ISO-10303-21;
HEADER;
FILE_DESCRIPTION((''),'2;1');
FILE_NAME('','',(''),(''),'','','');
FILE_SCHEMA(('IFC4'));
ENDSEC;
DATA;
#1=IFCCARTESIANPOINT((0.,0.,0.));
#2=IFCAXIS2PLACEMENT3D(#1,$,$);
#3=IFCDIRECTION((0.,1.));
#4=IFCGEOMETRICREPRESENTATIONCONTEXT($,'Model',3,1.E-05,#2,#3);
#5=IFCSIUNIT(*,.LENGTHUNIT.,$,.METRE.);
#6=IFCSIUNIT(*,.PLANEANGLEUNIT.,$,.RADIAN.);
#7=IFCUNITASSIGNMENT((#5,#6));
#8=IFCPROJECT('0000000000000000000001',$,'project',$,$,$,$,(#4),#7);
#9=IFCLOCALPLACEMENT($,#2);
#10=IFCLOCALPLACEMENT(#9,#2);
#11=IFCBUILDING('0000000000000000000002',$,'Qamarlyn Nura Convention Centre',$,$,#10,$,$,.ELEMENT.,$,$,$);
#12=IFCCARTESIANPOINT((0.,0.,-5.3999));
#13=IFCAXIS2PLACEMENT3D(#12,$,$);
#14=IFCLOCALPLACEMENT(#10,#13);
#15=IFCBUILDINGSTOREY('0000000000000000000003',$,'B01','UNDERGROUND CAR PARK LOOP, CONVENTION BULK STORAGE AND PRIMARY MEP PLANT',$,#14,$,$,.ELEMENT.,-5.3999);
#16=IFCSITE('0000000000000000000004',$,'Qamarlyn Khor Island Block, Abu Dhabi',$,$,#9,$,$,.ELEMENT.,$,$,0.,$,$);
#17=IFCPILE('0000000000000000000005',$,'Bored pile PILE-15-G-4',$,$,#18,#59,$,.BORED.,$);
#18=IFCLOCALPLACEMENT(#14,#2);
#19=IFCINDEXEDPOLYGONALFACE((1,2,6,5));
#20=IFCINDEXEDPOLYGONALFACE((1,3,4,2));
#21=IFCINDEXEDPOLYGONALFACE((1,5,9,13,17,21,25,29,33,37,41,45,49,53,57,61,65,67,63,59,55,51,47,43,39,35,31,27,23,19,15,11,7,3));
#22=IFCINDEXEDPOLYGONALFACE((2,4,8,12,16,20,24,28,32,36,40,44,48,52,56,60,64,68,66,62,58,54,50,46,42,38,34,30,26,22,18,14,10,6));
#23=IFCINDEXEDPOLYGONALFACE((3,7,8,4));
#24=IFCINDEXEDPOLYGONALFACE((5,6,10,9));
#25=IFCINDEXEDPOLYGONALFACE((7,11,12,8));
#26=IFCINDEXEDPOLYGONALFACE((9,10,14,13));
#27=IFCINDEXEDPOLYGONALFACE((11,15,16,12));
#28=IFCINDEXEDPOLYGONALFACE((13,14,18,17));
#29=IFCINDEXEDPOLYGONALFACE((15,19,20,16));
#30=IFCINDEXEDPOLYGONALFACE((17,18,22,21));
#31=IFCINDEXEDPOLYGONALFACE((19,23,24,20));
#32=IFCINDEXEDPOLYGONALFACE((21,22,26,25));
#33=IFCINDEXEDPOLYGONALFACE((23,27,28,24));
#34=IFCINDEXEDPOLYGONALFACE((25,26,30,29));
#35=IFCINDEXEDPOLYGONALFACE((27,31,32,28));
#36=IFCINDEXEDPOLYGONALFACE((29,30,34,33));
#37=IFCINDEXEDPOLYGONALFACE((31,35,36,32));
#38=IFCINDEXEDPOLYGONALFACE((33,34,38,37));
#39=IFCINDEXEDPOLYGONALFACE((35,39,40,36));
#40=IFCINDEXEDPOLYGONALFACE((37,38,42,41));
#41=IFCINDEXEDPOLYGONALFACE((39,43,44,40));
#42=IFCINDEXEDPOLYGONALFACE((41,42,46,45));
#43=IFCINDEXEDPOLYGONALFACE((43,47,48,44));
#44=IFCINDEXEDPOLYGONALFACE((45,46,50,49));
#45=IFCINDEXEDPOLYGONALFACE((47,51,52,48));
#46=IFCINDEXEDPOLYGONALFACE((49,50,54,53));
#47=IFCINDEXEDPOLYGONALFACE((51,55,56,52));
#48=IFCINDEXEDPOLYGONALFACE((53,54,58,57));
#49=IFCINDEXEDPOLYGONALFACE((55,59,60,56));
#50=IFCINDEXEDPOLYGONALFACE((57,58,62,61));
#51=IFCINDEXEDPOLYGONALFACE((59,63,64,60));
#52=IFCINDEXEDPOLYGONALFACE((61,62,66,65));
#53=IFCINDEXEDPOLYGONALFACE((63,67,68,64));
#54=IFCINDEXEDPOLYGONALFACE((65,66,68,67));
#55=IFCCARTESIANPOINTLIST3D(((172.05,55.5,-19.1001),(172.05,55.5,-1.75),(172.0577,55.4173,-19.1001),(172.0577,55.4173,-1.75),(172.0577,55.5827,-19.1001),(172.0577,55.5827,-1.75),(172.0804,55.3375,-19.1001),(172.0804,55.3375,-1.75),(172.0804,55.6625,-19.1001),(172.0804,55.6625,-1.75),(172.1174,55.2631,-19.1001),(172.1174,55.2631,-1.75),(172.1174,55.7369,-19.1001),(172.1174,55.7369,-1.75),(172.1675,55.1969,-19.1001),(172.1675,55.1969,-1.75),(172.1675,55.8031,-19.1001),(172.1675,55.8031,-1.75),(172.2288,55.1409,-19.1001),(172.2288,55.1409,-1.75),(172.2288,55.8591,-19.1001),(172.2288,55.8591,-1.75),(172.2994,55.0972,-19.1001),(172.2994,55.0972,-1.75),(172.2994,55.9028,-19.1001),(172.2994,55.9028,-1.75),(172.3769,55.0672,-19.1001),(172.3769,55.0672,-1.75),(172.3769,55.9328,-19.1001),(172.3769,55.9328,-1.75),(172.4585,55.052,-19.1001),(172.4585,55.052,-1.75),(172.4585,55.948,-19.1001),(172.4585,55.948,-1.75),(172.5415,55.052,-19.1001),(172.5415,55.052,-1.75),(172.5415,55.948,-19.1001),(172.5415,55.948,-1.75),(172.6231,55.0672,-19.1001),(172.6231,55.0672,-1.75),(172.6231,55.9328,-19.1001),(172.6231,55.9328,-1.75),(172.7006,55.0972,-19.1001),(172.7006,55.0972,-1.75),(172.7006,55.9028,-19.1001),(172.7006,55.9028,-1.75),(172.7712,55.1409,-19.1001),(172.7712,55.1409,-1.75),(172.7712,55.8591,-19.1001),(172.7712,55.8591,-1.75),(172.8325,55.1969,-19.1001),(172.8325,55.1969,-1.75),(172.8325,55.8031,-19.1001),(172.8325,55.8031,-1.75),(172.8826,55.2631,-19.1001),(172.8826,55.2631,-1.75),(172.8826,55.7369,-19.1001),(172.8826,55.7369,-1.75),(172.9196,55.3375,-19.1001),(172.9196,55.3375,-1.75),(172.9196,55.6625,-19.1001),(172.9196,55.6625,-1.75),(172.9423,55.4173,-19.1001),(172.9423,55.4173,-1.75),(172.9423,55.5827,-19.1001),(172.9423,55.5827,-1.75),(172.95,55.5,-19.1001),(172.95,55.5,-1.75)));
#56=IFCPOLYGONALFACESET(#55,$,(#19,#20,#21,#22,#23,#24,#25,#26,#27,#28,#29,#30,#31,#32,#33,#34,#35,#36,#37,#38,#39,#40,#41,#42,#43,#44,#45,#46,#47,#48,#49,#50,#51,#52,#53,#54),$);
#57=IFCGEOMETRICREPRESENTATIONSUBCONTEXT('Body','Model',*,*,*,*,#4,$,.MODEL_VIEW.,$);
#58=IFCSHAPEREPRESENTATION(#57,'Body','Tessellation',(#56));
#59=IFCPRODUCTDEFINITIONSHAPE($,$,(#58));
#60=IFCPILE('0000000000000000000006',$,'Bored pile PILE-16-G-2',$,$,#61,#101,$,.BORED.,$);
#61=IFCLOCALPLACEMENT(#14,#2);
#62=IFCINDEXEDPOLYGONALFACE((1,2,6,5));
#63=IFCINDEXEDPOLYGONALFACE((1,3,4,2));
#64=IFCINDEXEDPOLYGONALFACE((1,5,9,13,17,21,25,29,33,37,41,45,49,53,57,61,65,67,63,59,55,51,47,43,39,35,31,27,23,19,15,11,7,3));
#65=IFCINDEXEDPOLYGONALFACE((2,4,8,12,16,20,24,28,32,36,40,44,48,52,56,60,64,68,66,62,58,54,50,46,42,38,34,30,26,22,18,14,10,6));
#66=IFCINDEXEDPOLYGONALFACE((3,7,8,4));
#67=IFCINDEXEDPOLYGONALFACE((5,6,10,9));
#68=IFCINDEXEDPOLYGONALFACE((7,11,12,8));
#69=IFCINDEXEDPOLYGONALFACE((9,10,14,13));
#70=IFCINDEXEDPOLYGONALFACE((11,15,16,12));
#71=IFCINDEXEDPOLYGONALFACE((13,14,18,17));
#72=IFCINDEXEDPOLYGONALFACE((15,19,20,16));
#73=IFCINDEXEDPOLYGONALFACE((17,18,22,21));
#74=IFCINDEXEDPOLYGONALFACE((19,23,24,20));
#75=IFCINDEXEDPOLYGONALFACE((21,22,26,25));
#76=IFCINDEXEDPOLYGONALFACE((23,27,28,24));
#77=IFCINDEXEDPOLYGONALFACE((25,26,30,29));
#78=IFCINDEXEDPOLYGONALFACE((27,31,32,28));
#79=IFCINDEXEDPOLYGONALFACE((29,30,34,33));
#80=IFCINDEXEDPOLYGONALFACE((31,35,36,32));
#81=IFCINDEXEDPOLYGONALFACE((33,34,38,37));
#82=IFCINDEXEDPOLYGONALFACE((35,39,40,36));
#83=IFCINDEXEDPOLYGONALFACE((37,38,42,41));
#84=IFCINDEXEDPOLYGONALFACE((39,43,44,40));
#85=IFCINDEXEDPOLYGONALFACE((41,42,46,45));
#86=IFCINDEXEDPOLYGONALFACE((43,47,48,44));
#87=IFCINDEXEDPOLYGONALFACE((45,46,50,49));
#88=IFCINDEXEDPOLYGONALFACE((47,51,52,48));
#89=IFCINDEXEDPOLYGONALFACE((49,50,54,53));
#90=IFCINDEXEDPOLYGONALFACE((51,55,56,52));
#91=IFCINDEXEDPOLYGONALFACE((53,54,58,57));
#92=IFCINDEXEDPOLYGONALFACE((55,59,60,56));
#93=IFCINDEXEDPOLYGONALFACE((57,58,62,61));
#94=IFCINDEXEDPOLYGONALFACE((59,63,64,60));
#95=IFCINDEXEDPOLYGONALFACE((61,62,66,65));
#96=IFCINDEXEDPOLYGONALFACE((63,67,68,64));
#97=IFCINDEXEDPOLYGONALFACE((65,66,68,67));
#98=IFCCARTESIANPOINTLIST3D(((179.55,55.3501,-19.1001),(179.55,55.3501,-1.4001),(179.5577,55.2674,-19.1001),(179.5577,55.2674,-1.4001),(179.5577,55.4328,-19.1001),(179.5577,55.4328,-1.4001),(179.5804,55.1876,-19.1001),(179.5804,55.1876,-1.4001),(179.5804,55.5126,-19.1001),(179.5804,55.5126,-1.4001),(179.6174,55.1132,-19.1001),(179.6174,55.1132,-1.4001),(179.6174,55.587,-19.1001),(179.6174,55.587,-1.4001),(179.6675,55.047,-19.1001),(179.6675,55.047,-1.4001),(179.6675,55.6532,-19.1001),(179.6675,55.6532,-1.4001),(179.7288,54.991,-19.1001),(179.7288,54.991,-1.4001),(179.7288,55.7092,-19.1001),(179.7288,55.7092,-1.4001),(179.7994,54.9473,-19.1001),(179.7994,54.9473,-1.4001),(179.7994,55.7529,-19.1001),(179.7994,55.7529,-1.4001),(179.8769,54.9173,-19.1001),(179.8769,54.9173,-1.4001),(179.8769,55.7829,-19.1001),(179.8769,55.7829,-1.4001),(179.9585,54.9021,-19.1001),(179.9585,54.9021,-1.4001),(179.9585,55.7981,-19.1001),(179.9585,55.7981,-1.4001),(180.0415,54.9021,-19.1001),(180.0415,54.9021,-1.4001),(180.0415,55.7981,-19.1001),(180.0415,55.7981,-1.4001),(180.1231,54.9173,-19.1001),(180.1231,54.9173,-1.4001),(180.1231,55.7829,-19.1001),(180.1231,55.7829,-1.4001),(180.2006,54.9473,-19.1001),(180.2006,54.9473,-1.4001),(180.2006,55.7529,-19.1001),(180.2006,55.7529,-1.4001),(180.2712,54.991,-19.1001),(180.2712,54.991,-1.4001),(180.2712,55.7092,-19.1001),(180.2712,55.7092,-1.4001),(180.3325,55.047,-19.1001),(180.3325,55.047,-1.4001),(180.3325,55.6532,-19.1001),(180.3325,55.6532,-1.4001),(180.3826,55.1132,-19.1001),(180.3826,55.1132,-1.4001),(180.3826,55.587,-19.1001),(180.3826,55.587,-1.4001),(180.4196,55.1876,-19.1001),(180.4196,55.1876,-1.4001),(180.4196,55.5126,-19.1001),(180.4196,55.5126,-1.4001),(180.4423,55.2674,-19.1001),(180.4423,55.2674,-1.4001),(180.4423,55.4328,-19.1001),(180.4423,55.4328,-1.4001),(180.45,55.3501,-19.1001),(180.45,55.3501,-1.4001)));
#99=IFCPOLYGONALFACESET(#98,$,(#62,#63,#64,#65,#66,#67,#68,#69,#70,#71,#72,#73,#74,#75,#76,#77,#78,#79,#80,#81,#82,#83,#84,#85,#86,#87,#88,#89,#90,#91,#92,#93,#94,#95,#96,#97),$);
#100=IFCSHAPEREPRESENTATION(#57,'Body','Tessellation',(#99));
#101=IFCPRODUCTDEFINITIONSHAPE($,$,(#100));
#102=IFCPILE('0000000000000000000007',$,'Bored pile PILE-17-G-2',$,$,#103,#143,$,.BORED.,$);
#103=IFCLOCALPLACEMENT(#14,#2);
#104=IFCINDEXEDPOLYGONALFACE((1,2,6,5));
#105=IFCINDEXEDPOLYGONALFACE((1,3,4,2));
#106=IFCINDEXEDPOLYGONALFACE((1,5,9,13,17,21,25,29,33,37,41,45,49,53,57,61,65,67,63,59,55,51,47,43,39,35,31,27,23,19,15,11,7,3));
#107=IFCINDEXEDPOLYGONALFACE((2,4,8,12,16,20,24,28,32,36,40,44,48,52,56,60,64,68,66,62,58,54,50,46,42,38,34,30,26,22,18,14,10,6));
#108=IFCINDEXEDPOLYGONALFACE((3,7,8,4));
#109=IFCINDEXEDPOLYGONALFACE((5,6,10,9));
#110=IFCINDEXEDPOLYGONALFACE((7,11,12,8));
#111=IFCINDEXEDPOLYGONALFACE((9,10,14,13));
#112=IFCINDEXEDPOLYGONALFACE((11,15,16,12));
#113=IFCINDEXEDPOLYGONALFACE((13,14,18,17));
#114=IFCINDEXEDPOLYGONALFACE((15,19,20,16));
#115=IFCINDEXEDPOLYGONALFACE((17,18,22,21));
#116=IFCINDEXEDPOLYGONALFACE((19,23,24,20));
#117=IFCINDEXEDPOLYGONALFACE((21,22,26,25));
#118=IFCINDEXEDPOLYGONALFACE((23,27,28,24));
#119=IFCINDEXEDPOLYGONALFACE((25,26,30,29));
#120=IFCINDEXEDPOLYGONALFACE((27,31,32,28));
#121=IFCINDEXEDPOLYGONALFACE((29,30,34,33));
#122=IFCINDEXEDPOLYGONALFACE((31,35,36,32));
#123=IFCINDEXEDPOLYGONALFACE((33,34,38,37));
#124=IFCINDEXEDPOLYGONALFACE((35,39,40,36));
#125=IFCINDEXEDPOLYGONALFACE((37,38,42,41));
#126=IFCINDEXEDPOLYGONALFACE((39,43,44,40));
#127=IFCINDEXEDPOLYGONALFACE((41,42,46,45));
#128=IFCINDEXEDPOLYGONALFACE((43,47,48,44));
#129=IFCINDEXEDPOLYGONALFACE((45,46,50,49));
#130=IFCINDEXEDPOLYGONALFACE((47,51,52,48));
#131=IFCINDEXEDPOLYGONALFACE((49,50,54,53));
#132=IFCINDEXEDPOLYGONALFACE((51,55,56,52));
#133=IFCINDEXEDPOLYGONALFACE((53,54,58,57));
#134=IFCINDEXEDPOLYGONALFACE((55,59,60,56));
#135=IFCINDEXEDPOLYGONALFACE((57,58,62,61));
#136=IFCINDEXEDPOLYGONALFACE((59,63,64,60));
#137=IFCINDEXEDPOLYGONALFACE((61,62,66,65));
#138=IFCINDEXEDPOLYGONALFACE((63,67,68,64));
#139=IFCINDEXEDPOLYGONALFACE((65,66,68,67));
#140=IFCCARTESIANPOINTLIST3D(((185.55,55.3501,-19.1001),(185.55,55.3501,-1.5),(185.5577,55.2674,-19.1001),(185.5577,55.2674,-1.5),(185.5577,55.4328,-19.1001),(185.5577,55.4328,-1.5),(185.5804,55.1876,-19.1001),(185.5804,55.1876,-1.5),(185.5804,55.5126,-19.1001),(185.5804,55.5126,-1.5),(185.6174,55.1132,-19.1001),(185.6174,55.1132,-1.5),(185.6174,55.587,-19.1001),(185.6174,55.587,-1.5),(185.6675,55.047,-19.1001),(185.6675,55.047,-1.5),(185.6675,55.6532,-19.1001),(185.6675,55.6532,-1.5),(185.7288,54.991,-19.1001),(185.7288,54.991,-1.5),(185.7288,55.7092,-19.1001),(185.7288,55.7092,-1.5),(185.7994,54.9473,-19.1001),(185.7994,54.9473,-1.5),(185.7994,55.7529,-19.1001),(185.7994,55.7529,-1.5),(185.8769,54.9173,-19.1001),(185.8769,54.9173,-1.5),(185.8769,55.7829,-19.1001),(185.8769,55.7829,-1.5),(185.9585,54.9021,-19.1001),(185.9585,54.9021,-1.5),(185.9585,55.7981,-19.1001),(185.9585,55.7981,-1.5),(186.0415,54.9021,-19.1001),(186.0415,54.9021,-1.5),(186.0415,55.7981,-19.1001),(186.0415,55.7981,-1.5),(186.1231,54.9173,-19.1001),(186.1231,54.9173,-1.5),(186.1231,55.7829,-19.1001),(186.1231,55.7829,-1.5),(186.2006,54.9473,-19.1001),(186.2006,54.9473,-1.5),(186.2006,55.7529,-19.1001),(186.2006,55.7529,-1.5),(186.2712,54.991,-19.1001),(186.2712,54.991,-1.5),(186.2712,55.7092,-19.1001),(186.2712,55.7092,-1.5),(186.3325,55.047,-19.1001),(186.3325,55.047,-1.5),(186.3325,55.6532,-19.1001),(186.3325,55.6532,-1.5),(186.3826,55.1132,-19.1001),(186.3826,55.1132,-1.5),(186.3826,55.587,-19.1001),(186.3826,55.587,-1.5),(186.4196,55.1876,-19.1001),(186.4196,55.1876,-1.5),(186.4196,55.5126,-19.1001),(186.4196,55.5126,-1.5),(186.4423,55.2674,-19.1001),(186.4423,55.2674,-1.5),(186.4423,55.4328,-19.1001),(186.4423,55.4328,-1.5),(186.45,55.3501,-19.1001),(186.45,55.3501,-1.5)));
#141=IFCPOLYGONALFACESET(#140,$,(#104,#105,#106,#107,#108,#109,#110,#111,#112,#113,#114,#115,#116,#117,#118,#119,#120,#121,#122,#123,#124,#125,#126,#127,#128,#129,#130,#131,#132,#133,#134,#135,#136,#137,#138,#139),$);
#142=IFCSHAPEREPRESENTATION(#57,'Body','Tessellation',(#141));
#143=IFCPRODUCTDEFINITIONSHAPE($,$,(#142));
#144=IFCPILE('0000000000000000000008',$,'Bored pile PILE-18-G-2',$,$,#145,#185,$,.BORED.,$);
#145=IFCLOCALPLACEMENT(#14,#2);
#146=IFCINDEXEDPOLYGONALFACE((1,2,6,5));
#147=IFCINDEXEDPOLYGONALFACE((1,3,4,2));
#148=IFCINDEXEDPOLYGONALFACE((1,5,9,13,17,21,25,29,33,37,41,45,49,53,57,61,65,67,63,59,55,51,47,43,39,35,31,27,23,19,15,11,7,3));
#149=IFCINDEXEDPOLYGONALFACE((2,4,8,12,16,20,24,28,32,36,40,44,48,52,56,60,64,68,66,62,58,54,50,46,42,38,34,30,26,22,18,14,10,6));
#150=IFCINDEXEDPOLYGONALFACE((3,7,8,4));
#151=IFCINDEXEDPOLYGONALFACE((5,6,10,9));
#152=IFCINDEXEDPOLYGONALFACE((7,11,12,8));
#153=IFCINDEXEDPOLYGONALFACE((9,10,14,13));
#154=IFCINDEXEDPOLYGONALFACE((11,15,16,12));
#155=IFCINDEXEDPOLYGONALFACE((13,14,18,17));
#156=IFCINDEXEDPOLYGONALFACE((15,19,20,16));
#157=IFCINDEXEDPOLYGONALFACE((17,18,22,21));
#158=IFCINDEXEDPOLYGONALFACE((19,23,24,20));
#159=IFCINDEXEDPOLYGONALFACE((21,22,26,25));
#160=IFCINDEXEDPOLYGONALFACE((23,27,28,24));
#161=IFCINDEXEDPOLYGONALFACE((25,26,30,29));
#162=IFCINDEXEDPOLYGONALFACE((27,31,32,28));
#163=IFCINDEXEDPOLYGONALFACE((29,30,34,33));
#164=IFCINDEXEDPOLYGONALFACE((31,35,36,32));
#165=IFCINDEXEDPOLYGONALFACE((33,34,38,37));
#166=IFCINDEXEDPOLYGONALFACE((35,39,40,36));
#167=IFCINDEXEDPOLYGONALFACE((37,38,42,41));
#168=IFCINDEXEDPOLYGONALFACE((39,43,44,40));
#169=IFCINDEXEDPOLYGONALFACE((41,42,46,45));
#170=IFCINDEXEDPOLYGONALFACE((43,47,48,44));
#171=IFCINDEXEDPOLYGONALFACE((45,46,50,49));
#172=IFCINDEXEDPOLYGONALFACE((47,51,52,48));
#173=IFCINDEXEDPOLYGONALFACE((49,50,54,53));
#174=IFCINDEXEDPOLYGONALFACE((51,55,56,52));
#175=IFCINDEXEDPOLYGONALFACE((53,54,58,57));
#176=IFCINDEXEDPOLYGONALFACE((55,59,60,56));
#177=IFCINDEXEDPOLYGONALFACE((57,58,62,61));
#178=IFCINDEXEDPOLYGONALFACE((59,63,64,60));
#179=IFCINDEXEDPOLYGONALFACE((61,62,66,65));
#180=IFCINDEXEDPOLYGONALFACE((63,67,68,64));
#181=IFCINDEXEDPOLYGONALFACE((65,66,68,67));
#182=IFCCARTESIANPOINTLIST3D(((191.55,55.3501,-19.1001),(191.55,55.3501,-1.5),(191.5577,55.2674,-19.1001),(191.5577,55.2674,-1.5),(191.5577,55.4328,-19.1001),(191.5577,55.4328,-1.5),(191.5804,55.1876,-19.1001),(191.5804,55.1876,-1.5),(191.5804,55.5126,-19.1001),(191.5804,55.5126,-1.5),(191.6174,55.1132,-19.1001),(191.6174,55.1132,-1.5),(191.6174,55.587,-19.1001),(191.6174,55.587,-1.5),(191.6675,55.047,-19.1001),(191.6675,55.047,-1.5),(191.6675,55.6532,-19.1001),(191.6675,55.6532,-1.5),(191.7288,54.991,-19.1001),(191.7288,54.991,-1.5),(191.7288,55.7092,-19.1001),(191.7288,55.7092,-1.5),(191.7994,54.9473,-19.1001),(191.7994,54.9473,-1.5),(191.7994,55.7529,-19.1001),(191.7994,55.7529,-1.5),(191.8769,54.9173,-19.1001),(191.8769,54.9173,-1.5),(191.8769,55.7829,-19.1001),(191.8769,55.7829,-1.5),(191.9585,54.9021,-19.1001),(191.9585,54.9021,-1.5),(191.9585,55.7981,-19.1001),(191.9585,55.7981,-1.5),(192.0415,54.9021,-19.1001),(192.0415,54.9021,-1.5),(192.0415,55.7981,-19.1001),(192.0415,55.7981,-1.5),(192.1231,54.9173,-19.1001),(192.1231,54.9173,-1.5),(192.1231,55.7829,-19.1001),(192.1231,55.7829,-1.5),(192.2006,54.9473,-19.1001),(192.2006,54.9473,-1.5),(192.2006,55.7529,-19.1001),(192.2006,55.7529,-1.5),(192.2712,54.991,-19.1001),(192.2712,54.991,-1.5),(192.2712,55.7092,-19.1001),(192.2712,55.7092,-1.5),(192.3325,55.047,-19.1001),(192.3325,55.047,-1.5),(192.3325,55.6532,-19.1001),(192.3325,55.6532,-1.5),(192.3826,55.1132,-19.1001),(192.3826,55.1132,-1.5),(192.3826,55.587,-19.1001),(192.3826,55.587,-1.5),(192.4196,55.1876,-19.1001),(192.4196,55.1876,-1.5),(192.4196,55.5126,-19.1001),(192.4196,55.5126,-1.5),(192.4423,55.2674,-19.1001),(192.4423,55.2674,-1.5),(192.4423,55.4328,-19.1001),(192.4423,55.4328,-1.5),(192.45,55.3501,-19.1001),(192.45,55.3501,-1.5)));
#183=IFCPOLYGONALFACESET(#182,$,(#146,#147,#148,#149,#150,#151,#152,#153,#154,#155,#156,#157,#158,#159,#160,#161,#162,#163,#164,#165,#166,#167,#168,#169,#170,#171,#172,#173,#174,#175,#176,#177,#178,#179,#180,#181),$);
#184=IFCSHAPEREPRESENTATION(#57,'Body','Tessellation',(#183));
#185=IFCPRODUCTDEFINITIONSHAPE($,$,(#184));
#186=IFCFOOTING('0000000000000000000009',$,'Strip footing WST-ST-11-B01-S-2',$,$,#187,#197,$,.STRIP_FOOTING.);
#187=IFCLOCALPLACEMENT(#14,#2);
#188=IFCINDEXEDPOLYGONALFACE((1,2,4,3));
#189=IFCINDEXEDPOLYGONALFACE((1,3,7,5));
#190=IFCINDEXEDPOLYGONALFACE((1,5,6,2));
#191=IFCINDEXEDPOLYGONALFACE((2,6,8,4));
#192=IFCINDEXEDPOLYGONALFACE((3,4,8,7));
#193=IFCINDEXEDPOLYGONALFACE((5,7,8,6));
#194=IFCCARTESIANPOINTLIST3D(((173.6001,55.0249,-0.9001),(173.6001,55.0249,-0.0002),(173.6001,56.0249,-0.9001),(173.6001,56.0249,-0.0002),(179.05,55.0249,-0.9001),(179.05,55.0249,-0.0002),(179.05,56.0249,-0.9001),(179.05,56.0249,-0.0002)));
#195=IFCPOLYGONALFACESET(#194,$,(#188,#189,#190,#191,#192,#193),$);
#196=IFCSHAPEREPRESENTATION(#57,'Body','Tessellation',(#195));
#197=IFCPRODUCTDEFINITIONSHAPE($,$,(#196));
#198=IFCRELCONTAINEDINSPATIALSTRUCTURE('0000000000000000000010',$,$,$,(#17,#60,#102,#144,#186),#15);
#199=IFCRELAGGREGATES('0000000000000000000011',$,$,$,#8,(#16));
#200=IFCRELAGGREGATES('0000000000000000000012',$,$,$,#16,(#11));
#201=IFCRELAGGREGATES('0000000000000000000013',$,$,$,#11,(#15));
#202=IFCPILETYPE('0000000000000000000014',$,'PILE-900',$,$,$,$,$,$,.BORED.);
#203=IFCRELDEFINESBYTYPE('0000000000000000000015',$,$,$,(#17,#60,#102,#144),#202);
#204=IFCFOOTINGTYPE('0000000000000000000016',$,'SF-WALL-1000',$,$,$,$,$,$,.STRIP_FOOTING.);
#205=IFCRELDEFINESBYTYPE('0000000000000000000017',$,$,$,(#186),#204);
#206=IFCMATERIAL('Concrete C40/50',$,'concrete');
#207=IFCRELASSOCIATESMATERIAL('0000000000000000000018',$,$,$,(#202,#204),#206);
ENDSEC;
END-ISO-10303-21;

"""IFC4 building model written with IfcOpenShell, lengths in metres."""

from ifc_helpers import new_model, si_unit, direction, frame, origin, origin_2d, place, context, subcontext, project, spatial, rectangle, circle, extrude, material, material_profile, profile_set, type_object, element, save


model = new_model("IFC4")

# Units and contexts
model_context = context("Model", 3, precision=1e-05, world=origin(), true_north=direction((0.0, 1.0)))
body_context = subcontext(model_context, "Body", "Model", "MODEL_VIEW")
ifc_project = project(units=[si_unit("LENGTHUNIT", "METRE"), si_unit("PLANEANGLEUNIT", "RADIAN")], contexts=[model_context])

# Site, building, storey
site_placement = place(None, origin())
site = spatial("IfcSite", under=ifc_project, at=site_placement, Name="Qamarlyn Khor Island Block, Abu Dhabi", CompositionType="ELEMENT", RefElevation=0.0)
building_placement = place(site_placement, origin())
building = spatial("IfcBuilding", under=site, at=building_placement, Name="Qamarlyn Nura Convention Centre", CompositionType="ELEMENT")
storey_placement = place(building_placement, frame((0.0, 0.0, -5.3999)))
storey = spatial("IfcBuildingStorey", under=building, at=storey_placement, Name="B01", Description="UNDERGROUND CAR PARK LOOP, CONVENTION BULK STORAGE AND PRIMARY MEP PLANT", CompositionType="ELEMENT", Elevation=-5.3999)

# Shared definitions
ifc_material_1 = material(Name="Concrete C40/50", Category="concrete")

# Piles
ifc_material_profile_1 = material_profile(ifc_material_1, circle(Radius=0.45, at=origin_2d()), Name="BORED PILE 900")
ifc_profile_set_1 = profile_set([ifc_material_profile_1], Name="Concrete C40/50")
pile_type = type_object("IfcPileType", Name="PILE-900", PredefinedType="BORED", material=ifc_profile_set_1)
for number, where, z_axis, x_axis, name in (
    (1, (172.5, 55.5, -1.75), (0.0, 0.0, -1.0), (1.0, 0.0, 0.0), "Bored pile PILE-15-G-4"),
):
    element("IfcPile", number, at=place(storey_placement, frame(where, z_axis=z_axis, x_axis=x_axis)), inside=storey, type_object=pile_type, Name=name, PredefinedType="BORED", context=body_context, shape_type="SweptSolid", body=[
        extrude(circle(Radius=0.45, at=origin_2d()), origin(), (0.0, 0.0, 1.0), 17.3501),
    ])
pile_placement = place(storey_placement, frame((180.0, 55.3501, -1.4001), z_axis=(0.0, 0.0, -1.0), x_axis=(1.0, 0.0, 0.0)))
element("IfcPile", 2, at=pile_placement, inside=storey, type_object=pile_type, Name="Bored pile PILE-16-G-2", PredefinedType="BORED", context=body_context, shape_type="SweptSolid", body=[
    extrude(circle(Radius=0.45, at=origin_2d()), origin(), (0.0, 0.0, 1.0), 17.7),
])
for number, where, z_axis, x_axis, name in (
    (3, (186.0, 55.3501, -1.5), (0.0, 0.0, -1.0), (1.0, 0.0, 0.0), "Bored pile PILE-17-G-2"),
    (4, (192.0, 55.3501, -1.5), (0.0, 0.0, -1.0), (1.0, 0.0, 0.0), "Bored pile PILE-18-G-2"),
):
    element("IfcPile", number, at=place(storey_placement, frame(where, z_axis=z_axis, x_axis=x_axis)), inside=storey, type_object=pile_type, Name=name, PredefinedType="BORED", context=body_context, shape_type="SweptSolid", body=[
        extrude(circle(Radius=0.45, at=origin_2d()), origin(), (0.0, 0.0, 1.0), 17.6001),
    ])

# Footing
ifc_material_profile_2 = material_profile(ifc_material_1, rectangle(XDim=1.0, YDim=0.8999, at=origin_2d()), Name="RC STRIP 1000x900")
ifc_profile_set_2 = profile_set([ifc_material_profile_2], Name="Concrete C40/50")
footing_type_1 = type_object("IfcFootingType", Name="SF-WALL-1000", PredefinedType="STRIP_FOOTING", material=ifc_profile_set_2)
footing_1_placement = place(storey_placement, frame((173.6001, 55.5249, -0.4502), z_axis=(1.0, 0.0, 0.0), x_axis=(0.0, 1.0, 0.0)))
element("IfcFooting", 5, at=footing_1_placement, inside=storey, type_object=footing_type_1, Name="Strip footing WST-ST-11-B01-S-2", PredefinedType="STRIP_FOOTING", context=body_context, shape_type="SweptSolid", body=[
    extrude(rectangle(XDim=1.0, YDim=0.8999, at=origin_2d()), origin(), (0.0, 0.0, 1.0), 5.45),
])

save(model, "model.ifc")
